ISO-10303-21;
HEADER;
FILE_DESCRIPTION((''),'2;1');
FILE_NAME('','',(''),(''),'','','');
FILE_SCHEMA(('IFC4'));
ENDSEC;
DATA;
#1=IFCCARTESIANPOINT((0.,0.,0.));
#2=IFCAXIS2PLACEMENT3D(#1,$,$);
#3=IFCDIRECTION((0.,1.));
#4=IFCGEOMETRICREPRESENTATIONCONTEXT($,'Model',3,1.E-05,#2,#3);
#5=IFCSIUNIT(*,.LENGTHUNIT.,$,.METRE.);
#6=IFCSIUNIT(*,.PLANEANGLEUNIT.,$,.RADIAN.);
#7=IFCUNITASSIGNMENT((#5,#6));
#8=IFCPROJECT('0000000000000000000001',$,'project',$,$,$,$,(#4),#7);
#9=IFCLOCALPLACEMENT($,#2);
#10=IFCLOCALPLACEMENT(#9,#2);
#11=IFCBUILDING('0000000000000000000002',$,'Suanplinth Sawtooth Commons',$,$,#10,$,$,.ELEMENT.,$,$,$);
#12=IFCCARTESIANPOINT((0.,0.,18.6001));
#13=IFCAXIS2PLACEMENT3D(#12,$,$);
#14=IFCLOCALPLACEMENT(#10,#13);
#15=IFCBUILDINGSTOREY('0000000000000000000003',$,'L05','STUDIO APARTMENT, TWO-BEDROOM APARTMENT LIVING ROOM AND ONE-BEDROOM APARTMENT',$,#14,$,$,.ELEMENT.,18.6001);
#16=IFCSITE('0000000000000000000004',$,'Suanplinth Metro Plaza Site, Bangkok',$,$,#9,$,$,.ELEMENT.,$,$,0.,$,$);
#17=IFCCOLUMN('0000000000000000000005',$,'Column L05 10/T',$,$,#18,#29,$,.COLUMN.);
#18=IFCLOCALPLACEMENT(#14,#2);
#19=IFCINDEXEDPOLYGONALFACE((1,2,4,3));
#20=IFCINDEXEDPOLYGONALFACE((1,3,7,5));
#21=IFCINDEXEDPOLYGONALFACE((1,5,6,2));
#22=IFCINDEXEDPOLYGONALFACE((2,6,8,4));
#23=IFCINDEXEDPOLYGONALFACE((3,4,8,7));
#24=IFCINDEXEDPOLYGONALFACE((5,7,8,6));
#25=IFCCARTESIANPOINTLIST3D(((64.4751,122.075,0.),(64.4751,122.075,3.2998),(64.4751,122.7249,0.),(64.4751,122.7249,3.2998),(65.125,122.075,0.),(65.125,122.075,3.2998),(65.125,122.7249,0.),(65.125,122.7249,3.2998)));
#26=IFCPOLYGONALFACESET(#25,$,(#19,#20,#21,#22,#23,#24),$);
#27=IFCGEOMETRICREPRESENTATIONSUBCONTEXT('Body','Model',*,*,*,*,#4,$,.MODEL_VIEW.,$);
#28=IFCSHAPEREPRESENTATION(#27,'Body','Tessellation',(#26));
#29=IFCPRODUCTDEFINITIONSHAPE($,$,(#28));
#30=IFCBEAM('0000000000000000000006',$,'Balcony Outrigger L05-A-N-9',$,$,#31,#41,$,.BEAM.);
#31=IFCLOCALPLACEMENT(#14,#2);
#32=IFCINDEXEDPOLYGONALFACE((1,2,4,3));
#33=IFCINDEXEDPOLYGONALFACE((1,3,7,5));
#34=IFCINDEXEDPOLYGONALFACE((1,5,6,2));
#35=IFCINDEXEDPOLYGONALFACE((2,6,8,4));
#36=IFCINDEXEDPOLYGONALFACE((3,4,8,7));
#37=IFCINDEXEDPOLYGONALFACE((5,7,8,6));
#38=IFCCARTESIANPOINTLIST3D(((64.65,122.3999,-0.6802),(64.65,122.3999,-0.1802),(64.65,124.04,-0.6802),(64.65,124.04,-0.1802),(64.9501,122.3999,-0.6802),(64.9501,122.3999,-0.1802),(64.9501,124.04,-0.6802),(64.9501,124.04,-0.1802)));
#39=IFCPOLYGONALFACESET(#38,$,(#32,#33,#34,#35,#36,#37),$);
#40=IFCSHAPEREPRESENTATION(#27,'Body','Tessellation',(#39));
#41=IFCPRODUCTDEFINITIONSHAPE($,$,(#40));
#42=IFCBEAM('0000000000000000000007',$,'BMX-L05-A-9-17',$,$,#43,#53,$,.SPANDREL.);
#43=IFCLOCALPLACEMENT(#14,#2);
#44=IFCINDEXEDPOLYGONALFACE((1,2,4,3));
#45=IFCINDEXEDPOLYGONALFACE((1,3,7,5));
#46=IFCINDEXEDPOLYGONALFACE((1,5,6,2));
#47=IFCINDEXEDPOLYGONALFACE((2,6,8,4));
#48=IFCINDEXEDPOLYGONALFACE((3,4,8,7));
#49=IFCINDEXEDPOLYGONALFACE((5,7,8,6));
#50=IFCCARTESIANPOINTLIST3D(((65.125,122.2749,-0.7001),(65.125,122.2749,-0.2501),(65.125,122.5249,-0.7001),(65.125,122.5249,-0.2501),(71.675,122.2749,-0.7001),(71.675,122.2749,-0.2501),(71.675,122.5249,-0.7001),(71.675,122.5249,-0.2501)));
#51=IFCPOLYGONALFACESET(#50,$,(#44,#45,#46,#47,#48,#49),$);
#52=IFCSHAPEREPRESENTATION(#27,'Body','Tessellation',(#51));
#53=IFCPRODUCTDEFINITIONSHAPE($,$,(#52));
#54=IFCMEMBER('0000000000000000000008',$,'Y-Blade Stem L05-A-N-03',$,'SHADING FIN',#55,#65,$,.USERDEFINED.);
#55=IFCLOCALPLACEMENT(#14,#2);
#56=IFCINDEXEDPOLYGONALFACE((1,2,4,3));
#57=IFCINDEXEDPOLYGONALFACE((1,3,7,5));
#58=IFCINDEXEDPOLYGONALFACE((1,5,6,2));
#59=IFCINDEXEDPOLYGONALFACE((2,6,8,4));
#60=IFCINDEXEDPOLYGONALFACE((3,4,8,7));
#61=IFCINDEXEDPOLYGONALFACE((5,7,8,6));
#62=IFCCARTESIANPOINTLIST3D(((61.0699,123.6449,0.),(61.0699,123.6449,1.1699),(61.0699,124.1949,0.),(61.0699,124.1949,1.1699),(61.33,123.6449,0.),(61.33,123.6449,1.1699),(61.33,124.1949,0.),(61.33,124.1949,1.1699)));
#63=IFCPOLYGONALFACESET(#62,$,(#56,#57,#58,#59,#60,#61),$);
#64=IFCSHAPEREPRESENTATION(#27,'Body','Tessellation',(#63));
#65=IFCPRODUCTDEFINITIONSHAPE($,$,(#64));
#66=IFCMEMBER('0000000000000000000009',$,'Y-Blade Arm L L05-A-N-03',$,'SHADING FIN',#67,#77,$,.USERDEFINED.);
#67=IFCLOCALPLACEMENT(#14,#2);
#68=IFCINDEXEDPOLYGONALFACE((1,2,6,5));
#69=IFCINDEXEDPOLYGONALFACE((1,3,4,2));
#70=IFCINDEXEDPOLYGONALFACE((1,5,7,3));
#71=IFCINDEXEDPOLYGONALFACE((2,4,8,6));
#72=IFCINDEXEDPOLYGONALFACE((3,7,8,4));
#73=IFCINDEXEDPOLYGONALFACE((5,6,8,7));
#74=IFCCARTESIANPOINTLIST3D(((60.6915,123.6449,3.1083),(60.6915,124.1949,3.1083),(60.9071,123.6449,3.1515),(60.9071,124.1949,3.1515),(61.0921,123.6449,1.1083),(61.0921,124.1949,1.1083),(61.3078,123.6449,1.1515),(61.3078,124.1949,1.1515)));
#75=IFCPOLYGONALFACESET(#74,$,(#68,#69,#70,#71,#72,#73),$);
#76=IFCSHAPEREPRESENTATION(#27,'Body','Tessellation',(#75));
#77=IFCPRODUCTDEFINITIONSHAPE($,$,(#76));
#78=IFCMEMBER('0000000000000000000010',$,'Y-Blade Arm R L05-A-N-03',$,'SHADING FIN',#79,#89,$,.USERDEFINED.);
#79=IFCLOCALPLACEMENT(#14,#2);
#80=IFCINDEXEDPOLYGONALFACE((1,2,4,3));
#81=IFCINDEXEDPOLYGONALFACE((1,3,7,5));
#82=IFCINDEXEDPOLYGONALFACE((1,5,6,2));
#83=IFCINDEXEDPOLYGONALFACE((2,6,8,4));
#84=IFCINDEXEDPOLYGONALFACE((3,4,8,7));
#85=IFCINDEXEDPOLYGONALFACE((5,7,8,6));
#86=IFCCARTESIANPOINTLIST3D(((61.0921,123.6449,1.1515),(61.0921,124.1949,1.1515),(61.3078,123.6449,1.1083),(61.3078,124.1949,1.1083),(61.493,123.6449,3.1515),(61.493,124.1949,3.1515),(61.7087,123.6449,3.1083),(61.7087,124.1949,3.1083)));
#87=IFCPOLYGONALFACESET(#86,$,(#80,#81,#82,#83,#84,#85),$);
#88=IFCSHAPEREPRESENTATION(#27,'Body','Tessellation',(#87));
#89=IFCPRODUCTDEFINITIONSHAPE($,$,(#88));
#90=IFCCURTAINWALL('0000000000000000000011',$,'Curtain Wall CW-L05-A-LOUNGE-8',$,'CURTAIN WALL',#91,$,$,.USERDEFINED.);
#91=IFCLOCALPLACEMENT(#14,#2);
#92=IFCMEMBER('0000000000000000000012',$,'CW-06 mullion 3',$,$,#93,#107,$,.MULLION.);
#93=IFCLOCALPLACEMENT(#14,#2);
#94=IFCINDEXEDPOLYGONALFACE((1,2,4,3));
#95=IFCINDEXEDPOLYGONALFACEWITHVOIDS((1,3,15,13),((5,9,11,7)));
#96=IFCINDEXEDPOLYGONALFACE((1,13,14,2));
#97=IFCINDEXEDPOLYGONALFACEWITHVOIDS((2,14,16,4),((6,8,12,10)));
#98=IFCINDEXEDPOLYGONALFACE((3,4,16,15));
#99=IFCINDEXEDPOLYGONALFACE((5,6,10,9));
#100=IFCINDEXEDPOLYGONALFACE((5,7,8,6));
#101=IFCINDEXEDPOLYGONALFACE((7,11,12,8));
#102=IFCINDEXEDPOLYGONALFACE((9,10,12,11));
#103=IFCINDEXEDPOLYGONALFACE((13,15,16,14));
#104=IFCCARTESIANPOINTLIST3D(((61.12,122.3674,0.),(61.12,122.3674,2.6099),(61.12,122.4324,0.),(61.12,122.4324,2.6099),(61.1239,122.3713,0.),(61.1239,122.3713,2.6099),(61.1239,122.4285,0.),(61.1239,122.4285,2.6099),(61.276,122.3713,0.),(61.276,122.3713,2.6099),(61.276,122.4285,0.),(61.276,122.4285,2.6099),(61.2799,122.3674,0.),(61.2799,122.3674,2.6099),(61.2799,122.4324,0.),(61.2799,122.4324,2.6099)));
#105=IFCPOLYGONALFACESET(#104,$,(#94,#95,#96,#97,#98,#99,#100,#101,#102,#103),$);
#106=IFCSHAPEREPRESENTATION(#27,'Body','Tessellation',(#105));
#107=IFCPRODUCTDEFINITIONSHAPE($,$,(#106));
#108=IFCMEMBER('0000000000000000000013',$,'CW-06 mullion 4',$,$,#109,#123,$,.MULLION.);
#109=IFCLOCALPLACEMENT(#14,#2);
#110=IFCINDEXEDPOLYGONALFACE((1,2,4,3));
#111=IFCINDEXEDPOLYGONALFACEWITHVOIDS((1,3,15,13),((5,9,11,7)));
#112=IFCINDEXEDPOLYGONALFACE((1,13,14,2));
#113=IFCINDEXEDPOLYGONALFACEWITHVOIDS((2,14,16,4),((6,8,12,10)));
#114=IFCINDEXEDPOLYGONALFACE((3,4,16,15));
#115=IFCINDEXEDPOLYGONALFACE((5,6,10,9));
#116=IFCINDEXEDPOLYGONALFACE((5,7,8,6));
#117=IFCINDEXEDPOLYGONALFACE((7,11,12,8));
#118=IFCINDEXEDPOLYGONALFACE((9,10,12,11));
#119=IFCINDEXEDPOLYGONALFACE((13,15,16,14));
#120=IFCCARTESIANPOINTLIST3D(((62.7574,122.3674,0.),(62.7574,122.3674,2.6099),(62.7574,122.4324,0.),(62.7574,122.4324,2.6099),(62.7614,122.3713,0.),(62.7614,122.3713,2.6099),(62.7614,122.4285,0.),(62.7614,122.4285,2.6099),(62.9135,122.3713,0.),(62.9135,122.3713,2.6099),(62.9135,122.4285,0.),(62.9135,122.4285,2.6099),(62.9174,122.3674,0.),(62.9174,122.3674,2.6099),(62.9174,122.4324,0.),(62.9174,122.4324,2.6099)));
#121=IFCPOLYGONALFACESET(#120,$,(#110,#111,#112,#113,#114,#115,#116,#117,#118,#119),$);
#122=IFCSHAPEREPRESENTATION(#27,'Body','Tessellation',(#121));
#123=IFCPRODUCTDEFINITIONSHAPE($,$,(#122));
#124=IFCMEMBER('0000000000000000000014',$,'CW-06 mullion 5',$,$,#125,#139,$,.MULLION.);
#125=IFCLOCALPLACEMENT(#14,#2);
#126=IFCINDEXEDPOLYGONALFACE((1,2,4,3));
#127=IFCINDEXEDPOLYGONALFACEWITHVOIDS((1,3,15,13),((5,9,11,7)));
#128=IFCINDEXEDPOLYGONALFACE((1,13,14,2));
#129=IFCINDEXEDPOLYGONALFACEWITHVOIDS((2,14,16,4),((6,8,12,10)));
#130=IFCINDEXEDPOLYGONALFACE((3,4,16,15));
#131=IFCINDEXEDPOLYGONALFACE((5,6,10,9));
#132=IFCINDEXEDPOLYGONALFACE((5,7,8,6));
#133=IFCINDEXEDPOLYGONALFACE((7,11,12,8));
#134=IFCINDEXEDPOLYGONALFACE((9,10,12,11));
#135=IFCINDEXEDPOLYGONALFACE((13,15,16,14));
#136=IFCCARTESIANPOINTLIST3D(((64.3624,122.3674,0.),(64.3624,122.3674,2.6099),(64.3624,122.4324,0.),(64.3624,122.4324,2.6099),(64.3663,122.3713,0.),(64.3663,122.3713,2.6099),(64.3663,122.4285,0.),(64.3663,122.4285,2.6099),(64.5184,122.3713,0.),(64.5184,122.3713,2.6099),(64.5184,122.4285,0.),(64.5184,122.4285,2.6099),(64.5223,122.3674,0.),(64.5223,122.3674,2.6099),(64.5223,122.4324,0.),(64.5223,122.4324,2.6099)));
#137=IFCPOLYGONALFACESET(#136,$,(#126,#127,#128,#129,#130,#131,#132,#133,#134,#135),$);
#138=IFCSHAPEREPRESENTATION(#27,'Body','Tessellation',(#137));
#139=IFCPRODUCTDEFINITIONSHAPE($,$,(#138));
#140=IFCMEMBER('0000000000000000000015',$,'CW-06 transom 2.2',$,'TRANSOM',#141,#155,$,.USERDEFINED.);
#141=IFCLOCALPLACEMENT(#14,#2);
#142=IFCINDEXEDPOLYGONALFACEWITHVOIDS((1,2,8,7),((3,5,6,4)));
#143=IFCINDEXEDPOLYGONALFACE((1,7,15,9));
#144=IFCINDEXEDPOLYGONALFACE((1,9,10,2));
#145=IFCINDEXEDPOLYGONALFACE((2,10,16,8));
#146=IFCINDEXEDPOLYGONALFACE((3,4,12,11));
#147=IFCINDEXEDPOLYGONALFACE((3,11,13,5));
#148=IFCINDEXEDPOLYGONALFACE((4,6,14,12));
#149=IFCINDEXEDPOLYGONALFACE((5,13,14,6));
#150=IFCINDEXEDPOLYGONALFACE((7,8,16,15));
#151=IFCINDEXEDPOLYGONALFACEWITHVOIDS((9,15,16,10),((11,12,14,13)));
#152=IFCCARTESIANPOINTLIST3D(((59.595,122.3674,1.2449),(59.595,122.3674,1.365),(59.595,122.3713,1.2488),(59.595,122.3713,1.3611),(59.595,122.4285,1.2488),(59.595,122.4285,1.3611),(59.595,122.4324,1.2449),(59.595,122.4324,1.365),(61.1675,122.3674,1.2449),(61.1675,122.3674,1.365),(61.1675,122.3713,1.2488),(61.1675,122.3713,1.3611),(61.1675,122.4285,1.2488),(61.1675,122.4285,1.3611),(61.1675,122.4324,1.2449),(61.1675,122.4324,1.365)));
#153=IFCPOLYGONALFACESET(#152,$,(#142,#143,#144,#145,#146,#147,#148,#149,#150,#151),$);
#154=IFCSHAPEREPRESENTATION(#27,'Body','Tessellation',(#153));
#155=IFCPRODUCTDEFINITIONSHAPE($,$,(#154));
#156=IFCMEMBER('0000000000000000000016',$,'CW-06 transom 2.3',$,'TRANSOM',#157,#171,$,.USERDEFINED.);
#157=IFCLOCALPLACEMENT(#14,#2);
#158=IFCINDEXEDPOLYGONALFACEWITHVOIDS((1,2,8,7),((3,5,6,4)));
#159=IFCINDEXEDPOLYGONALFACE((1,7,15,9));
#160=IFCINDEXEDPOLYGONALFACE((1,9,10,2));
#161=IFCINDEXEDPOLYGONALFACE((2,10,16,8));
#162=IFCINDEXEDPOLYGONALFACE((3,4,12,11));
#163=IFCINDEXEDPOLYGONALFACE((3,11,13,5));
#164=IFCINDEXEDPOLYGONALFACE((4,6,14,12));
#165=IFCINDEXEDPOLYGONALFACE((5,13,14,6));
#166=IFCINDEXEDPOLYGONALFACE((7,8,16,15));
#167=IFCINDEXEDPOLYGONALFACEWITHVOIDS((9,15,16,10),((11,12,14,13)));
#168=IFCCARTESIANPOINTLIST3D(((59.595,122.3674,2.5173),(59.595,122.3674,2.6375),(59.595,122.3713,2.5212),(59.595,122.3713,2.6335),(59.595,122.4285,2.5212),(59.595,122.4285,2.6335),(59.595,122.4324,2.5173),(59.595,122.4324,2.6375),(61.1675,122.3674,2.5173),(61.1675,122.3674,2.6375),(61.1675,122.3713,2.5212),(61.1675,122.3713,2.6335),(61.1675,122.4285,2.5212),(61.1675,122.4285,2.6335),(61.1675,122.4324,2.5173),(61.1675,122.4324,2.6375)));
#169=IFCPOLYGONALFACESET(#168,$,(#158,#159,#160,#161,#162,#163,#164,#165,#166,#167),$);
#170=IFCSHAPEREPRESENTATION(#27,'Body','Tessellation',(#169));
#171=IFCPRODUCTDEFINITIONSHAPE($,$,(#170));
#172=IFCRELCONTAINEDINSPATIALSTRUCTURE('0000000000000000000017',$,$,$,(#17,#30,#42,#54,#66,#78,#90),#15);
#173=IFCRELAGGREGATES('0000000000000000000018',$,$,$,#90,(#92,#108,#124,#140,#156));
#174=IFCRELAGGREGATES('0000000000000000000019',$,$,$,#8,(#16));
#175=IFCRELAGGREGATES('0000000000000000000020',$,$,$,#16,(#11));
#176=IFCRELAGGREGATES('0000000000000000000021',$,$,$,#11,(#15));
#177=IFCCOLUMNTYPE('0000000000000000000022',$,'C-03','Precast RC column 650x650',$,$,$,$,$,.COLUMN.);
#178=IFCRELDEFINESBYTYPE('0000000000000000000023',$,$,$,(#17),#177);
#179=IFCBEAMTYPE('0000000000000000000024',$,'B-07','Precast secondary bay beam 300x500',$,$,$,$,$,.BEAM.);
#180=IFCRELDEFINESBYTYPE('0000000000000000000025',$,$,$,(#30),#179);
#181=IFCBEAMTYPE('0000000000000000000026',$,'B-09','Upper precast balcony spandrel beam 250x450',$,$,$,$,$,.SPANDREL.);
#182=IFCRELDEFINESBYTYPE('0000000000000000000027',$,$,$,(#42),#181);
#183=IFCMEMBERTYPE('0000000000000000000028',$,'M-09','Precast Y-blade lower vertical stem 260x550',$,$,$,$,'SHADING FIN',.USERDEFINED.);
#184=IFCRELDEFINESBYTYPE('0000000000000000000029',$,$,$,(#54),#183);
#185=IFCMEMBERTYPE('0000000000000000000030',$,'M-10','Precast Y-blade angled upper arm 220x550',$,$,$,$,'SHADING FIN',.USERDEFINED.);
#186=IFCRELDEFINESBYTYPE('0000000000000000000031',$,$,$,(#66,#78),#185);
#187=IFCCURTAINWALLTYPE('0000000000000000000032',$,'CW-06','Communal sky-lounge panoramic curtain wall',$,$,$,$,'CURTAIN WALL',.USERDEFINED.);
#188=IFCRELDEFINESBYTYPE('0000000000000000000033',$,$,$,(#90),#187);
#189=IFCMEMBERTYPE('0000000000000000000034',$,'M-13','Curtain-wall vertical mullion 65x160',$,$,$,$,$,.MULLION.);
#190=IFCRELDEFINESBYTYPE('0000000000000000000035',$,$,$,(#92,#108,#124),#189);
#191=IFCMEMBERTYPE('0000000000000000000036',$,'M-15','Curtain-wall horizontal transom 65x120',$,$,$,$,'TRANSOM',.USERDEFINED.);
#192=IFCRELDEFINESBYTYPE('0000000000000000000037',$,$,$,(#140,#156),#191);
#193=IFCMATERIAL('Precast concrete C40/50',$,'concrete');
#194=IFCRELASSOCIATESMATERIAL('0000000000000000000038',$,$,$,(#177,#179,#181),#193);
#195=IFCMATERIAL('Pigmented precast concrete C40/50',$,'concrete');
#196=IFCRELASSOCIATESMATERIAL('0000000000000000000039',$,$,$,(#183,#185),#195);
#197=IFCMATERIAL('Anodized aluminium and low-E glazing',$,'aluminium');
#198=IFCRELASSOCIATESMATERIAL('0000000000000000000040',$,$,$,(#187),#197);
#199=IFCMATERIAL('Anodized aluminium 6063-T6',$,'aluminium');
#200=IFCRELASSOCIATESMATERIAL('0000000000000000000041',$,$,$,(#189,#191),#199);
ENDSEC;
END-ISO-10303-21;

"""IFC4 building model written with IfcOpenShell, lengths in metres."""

from ifc_helpers import new_model, si_unit, direction, frame, origin, origin_2d, place, context, subcontext, project, spatial, rectangle, hollow_rectangle, extrude, material, material_profile, profile_set, type_object, element, aggregate, save


model = new_model("IFC4")

# Units and contexts
model_context = context("Model", 3, precision=1e-05, world=origin(), true_north=direction((0.0, 1.0)))
body_context = subcontext(model_context, "Body", "Model", "MODEL_VIEW")
ifc_project = project(units=[si_unit("LENGTHUNIT", "METRE"), si_unit("PLANEANGLEUNIT", "RADIAN")], contexts=[model_context])

# Site, building, storey
site_placement = place(None, origin())
site = spatial("IfcSite", under=ifc_project, at=site_placement, Name="Suanplinth Metro Plaza Site, Bangkok", CompositionType="ELEMENT", RefElevation=0.0)
building_placement = place(site_placement, origin())
building = spatial("IfcBuilding", under=site, at=building_placement, Name="Suanplinth Sawtooth Commons", CompositionType="ELEMENT")
storey_placement = place(building_placement, frame((0.0, 0.0, 18.6001)))
storey = spatial("IfcBuildingStorey", under=building, at=storey_placement, Name="L05", Description="STUDIO APARTMENT, TWO-BEDROOM APARTMENT LIVING ROOM AND ONE-BEDROOM APARTMENT", CompositionType="ELEMENT", Elevation=18.6001)

# Column
ifc_material_1 = material(Name="Precast concrete C40/50", Category="concrete")
ifc_material_profile_1 = material_profile(ifc_material_1, rectangle(XDim=0.6499, YDim=0.6499, at=origin_2d()), Name="PC-COL 650x650")
ifc_profile_set_1 = profile_set([ifc_material_profile_1], Name="Precast concrete C40/50")
column_type = type_object("IfcColumnType", Name="C-03", Description="Precast RC column 650x650", PredefinedType="COLUMN", material=ifc_profile_set_1)
column_placement = place(storey_placement, frame((64.8, 122.3999, 0.0), z_axis=(0.0, 0.0, 1.0), x_axis=(1.0, 0.0, 0.0)))
element("IfcColumn", 1, at=column_placement, inside=storey, type_object=column_type, Name="Column L05 10/T", PredefinedType="COLUMN", context=body_context, shape_type="SweptSolid", body=[
    extrude(rectangle(XDim=0.6499, YDim=0.6499, at=origin_2d()), origin(), (0.0, 0.0, 1.0), 3.2998),
])

# Beams
ifc_material_profile_2 = material_profile(ifc_material_1, rectangle(XDim=0.3, YDim=0.5, at=origin_2d()), Name="PC-BM 300x500")
ifc_profile_set_2 = profile_set([ifc_material_profile_2], Name="Precast concrete C40/50")
beam_type_1 = type_object("IfcBeamType", Name="B-07", Description="Precast secondary bay beam 300x500", PredefinedType="BEAM", material=ifc_profile_set_2)
beam_1_placement = place(storey_placement, frame((64.8, 122.3999, -0.4302), z_axis=(0.0, 1.0, 0.0), x_axis=(-1.0, 0.0, 0.0)))
element("IfcBeam", 2, at=beam_1_placement, inside=storey, type_object=beam_type_1, Name="Balcony Outrigger L05-A-N-9", PredefinedType="BEAM", context=body_context, shape_type="SweptSolid", body=[
    extrude(rectangle(XDim=0.3, YDim=0.5, at=origin_2d()), origin(), (0.0, 0.0, 1.0), 1.6401),
])
ifc_material_profile_3 = material_profile(ifc_material_1, rectangle(XDim=0.25, YDim=0.45, at=origin_2d()), Name="PC-SP 250x450")
ifc_profile_set_3 = profile_set([ifc_material_profile_3], Name="Precast concrete C40/50")
beam_type_2 = type_object("IfcBeamType", Name="B-09", Description="Upper precast balcony spandrel beam 250x450", PredefinedType="SPANDREL", material=ifc_profile_set_3)
beam_2_placement = place(storey_placement, frame((65.125, 122.3999, -0.4751), z_axis=(1.0, 0.0, 0.0), x_axis=(0.0, 1.0, 0.0)))
element("IfcBeam", 3, at=beam_2_placement, inside=storey, type_object=beam_type_2, Name="BMX-L05-A-9-17", PredefinedType="SPANDREL", context=body_context, shape_type="SweptSolid", body=[
    extrude(rectangle(XDim=0.25, YDim=0.45, at=origin_2d()), origin(), (0.0, 0.0, 1.0), 6.55),
])

# Members
ifc_material_2 = material(Name="Pigmented precast concrete C40/50", Category="concrete")
ifc_material_profile_4 = material_profile(ifc_material_2, rectangle(XDim=0.26, YDim=0.55, at=origin_2d()), Name="PC-FIN 260x550")
ifc_profile_set_4 = profile_set([ifc_material_profile_4], Name="Pigmented precast concrete C40/50")
member_type_1 = type_object("IfcMemberType", Name="M-09", Description="Precast Y-blade lower vertical stem 260x550", ElementType="SHADING FIN", PredefinedType="USERDEFINED", material=ifc_profile_set_4)
member_1_placement = place(storey_placement, frame((61.2, 123.9199, 0.0), z_axis=(0.0, 0.0, 1.0), x_axis=(1.0, 0.0, 0.0)))
element("IfcMember", 4, at=member_1_placement, inside=storey, type_object=member_type_1, Name="Y-Blade Stem L05-A-N-03", ObjectType="SHADING FIN", PredefinedType="USERDEFINED", context=body_context, shape_type="SweptSolid", body=[
    extrude(rectangle(XDim=0.26, YDim=0.55, at=origin_2d()), origin(), (0.0, 0.0, 1.0), 1.1699),
])
ifc_material_profile_5 = material_profile(ifc_material_2, rectangle(XDim=0.22, YDim=0.55, at=origin_2d()), Name="PC-FIN 220x550")
ifc_profile_set_5 = profile_set([ifc_material_profile_5], Name="Pigmented precast concrete C40/50")
member_type_2 = type_object("IfcMemberType", Name="M-10", Description="Precast Y-blade angled upper arm 220x550", ElementType="SHADING FIN", PredefinedType="USERDEFINED", material=ifc_profile_set_5)
for number, where, z_axis, x_axis, name in (
    (5, (61.2, 123.9199, 1.1299), (-0.196415, 0.0, 0.980521), (0.980521, 0.0, 0.196415), "Y-Blade Arm L L05-A-N-03"),
    (6, (61.2, 123.9199, 1.1299), (0.19653, 0.0, 0.980498), (-0.980498, 0.0, 0.19653), "Y-Blade Arm R L05-A-N-03"),
):
    element("IfcMember", number, at=place(storey_placement, frame(where, z_axis=z_axis, x_axis=x_axis)), inside=storey, type_object=member_type_2, Name=name, ObjectType="SHADING FIN", PredefinedType="USERDEFINED", context=body_context, shape_type="SweptSolid", body=[
        extrude(rectangle(XDim=0.22, YDim=0.55, at=origin_2d()), origin(), (0.0, 0.0, 1.0), 2.0398),
    ])

# Curtain wall, members
ifc_material_3 = material(Name="Anodized aluminium and low-E glazing", Category="aluminium")
curtain_wall_type = type_object("IfcCurtainWallType", Name="CW-06", Description="Communal sky-lounge panoramic curtain wall", ElementType="CURTAIN WALL", PredefinedType="USERDEFINED", material=ifc_material_3)
curtain_wall_placement = place(storey_placement, origin())
curtain_wall = element("IfcCurtainWall", 7, at=curtain_wall_placement, inside=storey, type_object=curtain_wall_type, Name="Curtain Wall CW-L05-A-LOUNGE-8", ObjectType="CURTAIN WALL", PredefinedType="USERDEFINED")
ifc_material_4 = material(Name="Anodized aluminium 6063-T6", Category="aluminium")
ifc_material_profile_6 = material_profile(ifc_material_4, hollow_rectangle(XDim=0.0649, YDim=0.1599, WallThickness=0.0039, at=origin_2d()), Name="ALU-MUL 65x160")
ifc_profile_set_6 = profile_set([ifc_material_profile_6], Name="Anodized aluminium 6063-T6")
member_type_3 = type_object("IfcMemberType", Name="M-13", Description="Curtain-wall vertical mullion 65x160", PredefinedType="MULLION", material=ifc_profile_set_6)
member_2_placement = place(storey_placement, frame((61.2, 122.3999, 0.0), z_axis=(0.0, 0.0, 1.0), x_axis=(0.0, 1.0, 0.0)))
member_2 = element("IfcMember", 8, at=member_2_placement, type_object=member_type_3, Name="CW-06 mullion 3", PredefinedType="MULLION", context=body_context, shape_type="SweptSolid", body=[
    extrude(hollow_rectangle(XDim=0.0649, YDim=0.1599, WallThickness=0.0039, at=origin_2d()), origin(), (0.0, 0.0, 1.0), 2.6099),
])
member_3_placement = place(storey_placement, frame((62.8374, 122.3999, 0.0), z_axis=(0.0, 0.0, 1.0), x_axis=(0.0, 1.0, 0.0)))
member_3 = element("IfcMember", 9, at=member_3_placement, type_object=member_type_3, Name="CW-06 mullion 4", PredefinedType="MULLION", context=body_context, shape_type="SweptSolid", body=[
    extrude(hollow_rectangle(XDim=0.0649, YDim=0.1599, WallThickness=0.0039, at=origin_2d()), origin(), (0.0, 0.0, 1.0), 2.6099),
])
member_4_placement = place(storey_placement, frame((64.4424, 122.3999, 0.0), z_axis=(0.0, 0.0, 1.0), x_axis=(0.0, 1.0, 0.0)))
member_4 = element("IfcMember", 10, at=member_4_placement, type_object=member_type_3, Name="CW-06 mullion 5", PredefinedType="MULLION", context=body_context, shape_type="SweptSolid", body=[
    extrude(hollow_rectangle(XDim=0.0649, YDim=0.1599, WallThickness=0.0039, at=origin_2d()), origin(), (0.0, 0.0, 1.0), 2.6099),
])
ifc_material_profile_7 = material_profile(ifc_material_4, hollow_rectangle(XDim=0.0649, YDim=0.1201, WallThickness=0.0039, at=origin_2d()), Name="ALU-TRN 65x120")
ifc_profile_set_7 = profile_set([ifc_material_profile_7], Name="Anodized aluminium 6063-T6")
member_type_4 = type_object("IfcMemberType", Name="M-15", Description="Curtain-wall horizontal transom 65x120", ElementType="TRANSOM", PredefinedType="USERDEFINED", material=ifc_profile_set_7)
member_5_placement = place(storey_placement, frame((59.595, 122.3999, 1.3049), z_axis=(1.0, 0.0, 0.0), x_axis=(0.0, 1.0, 0.0)))
member_5 = element("IfcMember", 11, at=member_5_placement, type_object=member_type_4, Name="CW-06 transom 2.2", ObjectType="TRANSOM", PredefinedType="USERDEFINED", context=body_context, shape_type="SweptSolid", body=[
    extrude(hollow_rectangle(XDim=0.0649, YDim=0.1201, WallThickness=0.0039, at=origin_2d()), origin(), (0.0, 0.0, 1.0), 1.5725),
])
member_6_placement = place(storey_placement, frame((59.595, 122.3999, 2.5774), z_axis=(1.0, 0.0, 0.0), x_axis=(0.0, 1.0, 0.0)))
member_6 = element("IfcMember", 12, at=member_6_placement, type_object=member_type_4, Name="CW-06 transom 2.3", ObjectType="TRANSOM", PredefinedType="USERDEFINED", context=body_context, shape_type="SweptSolid", body=[
    extrude(hollow_rectangle(XDim=0.0649, YDim=0.1201, WallThickness=0.0039, at=origin_2d()), origin(), (0.0, 0.0, 1.0), 1.5725),
])

aggregate(curtain_wall, [member_2, member_3, member_4, member_5, member_6])

save(model, "model.ifc")
